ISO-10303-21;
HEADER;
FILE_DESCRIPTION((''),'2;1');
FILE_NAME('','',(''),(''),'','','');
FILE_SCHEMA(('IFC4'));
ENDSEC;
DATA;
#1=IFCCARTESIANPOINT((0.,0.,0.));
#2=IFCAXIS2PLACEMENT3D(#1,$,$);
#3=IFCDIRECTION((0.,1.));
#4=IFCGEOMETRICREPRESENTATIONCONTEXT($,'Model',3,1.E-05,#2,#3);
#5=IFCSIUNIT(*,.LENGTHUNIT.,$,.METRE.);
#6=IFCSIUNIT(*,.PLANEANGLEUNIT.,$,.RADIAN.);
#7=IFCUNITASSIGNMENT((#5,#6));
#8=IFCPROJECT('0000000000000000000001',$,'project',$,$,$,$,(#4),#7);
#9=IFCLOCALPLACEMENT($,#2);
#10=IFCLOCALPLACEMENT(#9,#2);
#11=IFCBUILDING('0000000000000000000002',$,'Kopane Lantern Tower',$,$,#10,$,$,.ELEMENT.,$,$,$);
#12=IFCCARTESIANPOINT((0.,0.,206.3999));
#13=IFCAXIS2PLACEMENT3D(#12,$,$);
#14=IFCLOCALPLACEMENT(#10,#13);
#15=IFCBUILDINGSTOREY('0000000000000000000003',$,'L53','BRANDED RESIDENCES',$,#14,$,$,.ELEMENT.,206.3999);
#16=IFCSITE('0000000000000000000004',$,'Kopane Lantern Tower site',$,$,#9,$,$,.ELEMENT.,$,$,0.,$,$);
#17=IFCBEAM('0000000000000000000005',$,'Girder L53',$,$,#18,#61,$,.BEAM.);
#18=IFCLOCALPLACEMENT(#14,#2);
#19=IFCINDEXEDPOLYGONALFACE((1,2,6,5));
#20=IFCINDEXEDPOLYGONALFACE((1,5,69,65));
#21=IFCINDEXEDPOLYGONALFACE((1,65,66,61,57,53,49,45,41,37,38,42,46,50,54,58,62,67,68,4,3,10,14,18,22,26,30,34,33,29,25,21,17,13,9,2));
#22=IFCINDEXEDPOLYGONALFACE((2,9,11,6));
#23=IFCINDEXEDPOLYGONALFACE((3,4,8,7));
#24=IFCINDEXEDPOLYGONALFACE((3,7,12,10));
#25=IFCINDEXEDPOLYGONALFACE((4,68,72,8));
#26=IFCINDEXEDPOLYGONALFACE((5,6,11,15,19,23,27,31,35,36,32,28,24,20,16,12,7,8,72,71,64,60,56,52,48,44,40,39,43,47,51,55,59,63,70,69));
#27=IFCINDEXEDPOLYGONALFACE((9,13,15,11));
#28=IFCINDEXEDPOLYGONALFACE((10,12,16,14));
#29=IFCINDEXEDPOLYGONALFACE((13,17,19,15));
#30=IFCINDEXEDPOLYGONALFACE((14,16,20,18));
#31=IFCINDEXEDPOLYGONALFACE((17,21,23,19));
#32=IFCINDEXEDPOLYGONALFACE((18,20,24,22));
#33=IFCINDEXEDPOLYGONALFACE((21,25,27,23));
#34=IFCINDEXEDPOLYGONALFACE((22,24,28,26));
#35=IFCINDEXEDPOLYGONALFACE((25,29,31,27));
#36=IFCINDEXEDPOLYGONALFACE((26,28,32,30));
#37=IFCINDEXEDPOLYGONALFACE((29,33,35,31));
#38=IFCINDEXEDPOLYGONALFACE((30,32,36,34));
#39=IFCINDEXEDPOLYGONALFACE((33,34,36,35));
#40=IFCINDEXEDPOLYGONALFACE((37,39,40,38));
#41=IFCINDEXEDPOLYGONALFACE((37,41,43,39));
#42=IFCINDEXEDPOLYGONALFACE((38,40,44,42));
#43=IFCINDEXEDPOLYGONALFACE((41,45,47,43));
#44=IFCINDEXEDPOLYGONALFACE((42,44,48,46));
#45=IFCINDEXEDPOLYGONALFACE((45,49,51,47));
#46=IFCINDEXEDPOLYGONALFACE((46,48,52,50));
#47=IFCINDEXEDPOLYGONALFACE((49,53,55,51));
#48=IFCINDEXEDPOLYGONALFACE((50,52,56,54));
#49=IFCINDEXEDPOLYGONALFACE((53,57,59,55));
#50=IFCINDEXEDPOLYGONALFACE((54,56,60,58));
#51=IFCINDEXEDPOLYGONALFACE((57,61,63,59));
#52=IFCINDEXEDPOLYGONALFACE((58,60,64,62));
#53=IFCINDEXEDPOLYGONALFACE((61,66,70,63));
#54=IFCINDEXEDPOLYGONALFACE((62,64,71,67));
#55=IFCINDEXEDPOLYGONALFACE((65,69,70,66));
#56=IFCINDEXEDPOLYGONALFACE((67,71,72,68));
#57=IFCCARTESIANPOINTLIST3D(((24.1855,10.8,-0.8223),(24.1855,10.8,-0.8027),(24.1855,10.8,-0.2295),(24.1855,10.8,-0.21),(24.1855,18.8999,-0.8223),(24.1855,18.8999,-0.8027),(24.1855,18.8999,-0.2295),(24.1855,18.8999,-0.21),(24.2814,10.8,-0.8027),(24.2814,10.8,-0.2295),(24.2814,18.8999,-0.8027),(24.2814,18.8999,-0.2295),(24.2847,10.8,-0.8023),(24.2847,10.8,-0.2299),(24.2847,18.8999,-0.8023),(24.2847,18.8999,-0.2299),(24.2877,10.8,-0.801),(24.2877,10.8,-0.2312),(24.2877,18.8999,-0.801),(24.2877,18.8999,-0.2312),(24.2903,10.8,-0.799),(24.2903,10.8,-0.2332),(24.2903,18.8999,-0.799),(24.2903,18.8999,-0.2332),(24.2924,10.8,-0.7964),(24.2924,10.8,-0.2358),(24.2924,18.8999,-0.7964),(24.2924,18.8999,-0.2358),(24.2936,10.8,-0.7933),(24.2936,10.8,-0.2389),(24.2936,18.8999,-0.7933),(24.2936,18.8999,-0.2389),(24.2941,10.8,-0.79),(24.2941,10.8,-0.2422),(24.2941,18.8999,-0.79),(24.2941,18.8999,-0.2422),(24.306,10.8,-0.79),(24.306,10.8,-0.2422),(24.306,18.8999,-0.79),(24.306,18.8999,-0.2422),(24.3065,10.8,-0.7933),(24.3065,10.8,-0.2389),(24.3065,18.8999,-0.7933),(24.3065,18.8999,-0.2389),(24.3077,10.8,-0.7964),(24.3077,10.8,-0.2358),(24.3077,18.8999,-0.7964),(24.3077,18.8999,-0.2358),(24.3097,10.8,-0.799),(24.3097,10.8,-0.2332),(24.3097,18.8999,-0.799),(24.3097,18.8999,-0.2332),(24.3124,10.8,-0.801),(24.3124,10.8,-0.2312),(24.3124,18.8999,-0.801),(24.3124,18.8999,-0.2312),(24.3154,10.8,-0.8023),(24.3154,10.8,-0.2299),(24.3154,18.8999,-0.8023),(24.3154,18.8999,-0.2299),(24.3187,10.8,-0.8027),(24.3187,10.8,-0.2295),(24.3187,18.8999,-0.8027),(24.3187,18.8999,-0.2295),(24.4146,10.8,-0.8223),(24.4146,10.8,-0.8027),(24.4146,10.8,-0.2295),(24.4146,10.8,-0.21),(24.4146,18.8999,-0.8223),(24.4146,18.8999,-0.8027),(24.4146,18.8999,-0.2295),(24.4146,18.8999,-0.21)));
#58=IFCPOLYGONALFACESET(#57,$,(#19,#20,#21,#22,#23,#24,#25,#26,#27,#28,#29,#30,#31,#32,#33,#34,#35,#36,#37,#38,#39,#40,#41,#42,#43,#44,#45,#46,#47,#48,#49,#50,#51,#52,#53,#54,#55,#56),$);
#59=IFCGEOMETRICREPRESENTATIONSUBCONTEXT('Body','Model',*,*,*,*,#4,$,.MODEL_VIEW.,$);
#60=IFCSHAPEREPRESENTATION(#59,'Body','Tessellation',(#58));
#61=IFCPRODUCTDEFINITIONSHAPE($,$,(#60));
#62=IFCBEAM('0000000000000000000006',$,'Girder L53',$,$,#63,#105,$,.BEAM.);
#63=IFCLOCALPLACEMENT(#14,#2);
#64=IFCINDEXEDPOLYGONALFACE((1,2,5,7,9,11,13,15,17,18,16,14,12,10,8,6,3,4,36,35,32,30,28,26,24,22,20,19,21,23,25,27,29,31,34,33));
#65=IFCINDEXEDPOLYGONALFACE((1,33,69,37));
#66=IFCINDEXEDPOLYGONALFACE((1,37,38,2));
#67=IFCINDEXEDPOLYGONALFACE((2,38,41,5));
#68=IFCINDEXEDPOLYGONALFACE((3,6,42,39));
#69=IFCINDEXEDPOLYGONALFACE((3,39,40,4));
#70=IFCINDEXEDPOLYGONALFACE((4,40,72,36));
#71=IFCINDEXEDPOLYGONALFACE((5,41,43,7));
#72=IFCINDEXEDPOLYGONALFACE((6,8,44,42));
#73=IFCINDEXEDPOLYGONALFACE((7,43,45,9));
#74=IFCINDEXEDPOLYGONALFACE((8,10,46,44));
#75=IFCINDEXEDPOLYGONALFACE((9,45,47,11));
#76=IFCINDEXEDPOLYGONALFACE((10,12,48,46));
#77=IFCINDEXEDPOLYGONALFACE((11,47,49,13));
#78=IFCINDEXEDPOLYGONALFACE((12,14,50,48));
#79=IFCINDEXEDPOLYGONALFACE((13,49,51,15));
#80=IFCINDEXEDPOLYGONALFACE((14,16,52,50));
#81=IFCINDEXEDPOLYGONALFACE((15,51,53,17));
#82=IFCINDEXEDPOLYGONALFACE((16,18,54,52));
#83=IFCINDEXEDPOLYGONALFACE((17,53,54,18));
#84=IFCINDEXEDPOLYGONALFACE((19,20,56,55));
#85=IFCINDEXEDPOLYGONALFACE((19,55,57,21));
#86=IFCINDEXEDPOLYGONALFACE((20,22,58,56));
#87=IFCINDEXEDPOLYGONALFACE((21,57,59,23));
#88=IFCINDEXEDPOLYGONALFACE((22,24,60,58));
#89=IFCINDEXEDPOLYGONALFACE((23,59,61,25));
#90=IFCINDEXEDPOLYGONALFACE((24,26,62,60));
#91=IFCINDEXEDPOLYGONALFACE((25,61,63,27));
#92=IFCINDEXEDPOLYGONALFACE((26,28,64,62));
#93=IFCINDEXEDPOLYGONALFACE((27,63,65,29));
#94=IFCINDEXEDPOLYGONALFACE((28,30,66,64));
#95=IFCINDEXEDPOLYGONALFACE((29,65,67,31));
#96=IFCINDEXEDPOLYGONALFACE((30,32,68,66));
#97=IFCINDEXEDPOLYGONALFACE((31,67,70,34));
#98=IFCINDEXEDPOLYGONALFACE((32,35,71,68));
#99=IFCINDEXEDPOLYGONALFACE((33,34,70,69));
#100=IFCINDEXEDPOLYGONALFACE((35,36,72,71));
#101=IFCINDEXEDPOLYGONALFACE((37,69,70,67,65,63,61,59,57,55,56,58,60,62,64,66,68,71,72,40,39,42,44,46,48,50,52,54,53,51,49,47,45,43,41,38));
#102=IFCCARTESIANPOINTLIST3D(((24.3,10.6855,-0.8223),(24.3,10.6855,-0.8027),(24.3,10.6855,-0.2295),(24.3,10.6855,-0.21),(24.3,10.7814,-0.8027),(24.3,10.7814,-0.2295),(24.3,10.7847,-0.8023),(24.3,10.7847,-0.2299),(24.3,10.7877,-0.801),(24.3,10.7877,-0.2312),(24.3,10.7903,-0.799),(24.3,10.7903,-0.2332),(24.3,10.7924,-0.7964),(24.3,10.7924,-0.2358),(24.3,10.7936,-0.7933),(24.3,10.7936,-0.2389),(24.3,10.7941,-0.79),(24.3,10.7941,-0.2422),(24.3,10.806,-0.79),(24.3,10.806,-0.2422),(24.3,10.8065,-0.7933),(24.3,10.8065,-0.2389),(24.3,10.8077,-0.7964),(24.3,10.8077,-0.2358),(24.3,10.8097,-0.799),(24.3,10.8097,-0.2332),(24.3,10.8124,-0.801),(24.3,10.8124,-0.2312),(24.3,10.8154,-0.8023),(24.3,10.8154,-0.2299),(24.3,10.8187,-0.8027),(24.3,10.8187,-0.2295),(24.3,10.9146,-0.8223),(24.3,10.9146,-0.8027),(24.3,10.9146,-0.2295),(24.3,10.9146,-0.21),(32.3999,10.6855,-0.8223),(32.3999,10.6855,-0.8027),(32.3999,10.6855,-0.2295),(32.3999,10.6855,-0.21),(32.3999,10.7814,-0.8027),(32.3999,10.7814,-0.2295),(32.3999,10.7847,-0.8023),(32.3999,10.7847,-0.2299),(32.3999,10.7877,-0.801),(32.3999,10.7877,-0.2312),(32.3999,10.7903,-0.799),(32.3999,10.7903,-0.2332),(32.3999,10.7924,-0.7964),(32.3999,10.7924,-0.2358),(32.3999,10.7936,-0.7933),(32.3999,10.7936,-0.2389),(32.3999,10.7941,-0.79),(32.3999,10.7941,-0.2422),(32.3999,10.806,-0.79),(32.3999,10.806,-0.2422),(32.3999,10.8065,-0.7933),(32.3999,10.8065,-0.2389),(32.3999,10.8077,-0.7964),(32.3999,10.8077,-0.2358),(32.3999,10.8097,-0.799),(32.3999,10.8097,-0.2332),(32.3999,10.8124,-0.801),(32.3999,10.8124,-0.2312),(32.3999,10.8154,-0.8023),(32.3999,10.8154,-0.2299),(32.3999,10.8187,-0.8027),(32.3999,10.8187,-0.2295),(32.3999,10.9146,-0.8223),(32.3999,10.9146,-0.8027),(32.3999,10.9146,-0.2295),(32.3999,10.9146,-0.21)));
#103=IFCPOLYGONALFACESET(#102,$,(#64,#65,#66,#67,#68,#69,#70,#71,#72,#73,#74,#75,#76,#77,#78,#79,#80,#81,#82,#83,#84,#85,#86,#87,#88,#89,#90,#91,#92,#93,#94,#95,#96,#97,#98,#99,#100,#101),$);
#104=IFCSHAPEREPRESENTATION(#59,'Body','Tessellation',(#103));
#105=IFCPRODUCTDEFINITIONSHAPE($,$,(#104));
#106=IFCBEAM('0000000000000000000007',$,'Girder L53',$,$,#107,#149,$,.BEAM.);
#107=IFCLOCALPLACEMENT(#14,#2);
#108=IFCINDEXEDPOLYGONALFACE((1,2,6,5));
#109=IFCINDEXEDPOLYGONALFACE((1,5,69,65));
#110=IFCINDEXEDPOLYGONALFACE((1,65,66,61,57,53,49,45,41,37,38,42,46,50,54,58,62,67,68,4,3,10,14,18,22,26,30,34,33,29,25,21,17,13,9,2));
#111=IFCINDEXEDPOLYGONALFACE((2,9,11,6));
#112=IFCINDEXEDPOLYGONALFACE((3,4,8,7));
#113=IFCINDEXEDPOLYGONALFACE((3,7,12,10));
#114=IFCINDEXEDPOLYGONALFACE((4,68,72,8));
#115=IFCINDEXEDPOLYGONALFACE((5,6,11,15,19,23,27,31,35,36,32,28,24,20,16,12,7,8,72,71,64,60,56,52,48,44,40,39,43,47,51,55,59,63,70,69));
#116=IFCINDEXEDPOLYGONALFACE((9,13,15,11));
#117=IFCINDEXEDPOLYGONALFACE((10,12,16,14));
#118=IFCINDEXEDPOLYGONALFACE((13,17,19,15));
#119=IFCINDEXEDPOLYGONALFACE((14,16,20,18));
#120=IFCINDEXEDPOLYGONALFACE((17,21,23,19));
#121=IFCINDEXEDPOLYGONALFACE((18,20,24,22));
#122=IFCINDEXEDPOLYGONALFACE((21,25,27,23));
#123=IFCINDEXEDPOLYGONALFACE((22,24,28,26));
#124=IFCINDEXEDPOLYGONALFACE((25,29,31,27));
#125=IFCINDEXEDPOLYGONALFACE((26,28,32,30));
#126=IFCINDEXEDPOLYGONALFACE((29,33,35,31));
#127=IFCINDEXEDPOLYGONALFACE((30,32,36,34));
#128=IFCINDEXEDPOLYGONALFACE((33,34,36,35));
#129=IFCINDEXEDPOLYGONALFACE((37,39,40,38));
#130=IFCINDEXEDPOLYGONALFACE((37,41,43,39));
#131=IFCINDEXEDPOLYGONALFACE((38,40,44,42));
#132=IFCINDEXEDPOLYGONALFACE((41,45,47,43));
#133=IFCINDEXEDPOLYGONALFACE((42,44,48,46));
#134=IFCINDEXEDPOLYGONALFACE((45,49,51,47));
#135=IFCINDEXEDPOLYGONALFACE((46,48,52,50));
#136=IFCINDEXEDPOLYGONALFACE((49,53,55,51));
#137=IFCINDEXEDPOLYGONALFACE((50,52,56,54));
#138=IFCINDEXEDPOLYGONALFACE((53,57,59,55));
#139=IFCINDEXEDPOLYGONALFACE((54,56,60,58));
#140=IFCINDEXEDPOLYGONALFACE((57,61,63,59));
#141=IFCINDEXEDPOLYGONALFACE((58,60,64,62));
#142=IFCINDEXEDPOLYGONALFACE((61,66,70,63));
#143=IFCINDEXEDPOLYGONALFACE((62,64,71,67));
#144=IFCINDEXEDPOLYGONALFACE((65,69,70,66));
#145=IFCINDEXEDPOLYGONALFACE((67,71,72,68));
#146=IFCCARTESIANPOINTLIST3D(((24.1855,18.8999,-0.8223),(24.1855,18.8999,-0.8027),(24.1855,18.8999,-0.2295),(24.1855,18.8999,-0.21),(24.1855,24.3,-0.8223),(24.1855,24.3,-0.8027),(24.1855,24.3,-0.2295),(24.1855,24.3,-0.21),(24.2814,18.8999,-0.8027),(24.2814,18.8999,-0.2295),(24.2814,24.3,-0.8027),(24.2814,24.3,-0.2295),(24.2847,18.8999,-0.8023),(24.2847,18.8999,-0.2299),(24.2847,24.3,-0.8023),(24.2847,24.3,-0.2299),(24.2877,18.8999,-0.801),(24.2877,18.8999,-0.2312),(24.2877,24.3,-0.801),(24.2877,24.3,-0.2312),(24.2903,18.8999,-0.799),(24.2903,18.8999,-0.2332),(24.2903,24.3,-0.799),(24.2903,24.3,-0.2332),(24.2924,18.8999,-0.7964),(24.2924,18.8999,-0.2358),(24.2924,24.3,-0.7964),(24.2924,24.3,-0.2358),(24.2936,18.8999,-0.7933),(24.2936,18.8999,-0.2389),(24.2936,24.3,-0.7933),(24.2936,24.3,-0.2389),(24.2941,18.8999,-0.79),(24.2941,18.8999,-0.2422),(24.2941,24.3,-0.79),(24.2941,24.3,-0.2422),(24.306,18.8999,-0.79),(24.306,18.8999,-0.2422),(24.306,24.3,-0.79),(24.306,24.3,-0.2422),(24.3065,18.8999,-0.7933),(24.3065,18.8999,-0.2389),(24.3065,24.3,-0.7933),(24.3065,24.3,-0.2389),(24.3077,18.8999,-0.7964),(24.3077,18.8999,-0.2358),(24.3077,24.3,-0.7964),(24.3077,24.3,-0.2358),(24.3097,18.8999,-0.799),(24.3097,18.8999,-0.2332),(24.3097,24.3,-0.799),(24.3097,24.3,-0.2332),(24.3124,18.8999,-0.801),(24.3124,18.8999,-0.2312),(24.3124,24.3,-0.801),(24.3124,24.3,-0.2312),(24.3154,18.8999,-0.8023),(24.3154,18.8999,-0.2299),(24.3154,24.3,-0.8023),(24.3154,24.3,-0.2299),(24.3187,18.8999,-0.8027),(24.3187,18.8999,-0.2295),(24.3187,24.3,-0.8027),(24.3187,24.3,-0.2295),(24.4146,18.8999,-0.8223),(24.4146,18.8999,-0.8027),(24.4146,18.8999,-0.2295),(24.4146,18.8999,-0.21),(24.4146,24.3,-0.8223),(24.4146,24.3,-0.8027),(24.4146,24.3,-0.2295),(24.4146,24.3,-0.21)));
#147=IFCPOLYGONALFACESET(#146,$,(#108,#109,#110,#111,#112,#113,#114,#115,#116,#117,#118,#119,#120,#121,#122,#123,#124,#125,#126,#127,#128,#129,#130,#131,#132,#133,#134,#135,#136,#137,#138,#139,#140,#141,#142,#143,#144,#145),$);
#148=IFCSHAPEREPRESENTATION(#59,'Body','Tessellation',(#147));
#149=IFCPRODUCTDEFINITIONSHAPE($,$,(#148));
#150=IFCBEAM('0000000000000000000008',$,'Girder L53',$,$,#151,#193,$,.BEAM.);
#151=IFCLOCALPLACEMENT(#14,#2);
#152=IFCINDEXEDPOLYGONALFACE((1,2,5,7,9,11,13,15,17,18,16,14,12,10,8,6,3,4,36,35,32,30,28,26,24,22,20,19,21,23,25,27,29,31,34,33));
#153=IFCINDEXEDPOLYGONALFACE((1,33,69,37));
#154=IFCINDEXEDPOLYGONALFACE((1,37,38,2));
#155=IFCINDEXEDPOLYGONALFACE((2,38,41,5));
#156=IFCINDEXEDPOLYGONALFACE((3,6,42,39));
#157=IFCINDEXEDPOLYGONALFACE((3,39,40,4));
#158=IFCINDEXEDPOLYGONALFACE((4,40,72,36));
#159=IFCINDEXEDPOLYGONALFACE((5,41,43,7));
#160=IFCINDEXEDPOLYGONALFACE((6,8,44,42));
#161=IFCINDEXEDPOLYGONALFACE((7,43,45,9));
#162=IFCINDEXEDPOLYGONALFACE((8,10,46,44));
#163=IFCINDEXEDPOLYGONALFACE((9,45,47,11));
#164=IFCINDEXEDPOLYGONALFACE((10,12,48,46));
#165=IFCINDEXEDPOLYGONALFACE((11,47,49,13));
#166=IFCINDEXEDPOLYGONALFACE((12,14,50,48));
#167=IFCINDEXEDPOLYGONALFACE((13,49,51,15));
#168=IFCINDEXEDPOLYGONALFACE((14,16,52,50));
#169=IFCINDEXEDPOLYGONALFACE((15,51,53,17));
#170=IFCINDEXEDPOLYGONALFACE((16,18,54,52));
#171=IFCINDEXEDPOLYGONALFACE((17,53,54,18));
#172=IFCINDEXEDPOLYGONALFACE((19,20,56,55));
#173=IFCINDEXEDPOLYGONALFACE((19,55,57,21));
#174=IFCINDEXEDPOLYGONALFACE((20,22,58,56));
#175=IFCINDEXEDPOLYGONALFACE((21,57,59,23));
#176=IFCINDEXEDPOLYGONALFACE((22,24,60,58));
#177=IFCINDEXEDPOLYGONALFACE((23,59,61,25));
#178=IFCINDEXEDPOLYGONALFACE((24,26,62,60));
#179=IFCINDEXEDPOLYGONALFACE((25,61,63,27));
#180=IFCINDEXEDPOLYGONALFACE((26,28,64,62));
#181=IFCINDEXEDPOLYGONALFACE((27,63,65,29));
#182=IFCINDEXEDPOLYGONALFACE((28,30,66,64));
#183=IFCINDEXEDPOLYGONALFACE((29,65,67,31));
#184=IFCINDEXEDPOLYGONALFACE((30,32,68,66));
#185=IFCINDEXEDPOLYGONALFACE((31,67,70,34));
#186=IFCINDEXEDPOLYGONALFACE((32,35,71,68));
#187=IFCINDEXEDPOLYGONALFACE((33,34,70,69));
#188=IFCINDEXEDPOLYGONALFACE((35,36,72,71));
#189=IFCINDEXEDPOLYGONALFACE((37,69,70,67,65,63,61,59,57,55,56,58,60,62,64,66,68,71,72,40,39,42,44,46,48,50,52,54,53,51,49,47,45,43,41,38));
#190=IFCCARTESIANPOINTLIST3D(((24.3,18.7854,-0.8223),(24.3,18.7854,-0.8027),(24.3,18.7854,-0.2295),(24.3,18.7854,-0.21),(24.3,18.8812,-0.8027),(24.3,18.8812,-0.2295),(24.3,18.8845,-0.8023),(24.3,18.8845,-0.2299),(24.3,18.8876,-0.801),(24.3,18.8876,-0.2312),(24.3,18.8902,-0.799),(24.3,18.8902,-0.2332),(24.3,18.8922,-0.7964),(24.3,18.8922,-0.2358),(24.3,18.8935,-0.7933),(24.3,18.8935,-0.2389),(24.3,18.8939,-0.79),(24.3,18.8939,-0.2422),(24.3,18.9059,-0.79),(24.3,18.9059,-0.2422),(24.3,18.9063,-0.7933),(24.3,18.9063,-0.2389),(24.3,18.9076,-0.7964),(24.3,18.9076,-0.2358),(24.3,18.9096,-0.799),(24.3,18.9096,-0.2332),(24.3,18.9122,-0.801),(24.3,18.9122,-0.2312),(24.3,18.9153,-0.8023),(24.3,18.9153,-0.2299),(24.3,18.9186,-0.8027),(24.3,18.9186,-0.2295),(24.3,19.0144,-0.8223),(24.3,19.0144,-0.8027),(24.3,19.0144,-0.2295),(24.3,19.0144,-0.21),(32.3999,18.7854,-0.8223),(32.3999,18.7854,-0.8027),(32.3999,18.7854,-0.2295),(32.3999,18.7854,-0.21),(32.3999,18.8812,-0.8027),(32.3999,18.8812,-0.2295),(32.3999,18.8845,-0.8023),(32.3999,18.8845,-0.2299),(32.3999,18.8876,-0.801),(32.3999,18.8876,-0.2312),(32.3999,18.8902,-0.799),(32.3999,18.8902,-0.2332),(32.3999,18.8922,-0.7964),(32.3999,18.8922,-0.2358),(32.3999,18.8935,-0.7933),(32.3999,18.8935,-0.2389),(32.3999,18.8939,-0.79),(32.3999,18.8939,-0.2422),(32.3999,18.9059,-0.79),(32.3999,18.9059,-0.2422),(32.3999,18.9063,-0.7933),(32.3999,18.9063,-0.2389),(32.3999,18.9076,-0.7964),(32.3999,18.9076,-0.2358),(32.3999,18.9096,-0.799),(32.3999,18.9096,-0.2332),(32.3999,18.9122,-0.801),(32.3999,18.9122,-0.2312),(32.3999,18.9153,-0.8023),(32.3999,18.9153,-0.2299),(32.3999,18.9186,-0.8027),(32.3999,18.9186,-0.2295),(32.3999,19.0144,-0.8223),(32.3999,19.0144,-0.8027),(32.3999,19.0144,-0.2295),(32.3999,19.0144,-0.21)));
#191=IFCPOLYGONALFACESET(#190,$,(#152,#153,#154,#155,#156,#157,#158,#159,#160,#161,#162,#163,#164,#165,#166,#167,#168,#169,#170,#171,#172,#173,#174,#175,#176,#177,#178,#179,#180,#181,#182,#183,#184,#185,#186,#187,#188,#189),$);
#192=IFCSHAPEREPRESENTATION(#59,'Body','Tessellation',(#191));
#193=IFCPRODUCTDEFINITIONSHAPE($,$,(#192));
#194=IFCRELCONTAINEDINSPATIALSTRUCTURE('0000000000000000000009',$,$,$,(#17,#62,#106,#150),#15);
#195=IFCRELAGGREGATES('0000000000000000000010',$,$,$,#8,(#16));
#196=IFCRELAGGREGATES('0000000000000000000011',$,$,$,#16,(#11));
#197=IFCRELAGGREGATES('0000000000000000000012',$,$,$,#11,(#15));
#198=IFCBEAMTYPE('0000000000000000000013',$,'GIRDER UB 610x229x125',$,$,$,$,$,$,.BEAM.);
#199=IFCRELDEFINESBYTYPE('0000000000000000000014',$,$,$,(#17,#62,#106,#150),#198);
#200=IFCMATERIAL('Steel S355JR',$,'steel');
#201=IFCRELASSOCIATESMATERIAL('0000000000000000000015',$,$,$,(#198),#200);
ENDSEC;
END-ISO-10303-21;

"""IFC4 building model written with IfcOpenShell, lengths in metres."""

from ifc_helpers import new_model, si_unit, direction, frame, origin, origin_2d, place, context, subcontext, project, spatial, i_section, extrude, material, material_profile, profile_set, type_object, element, save


model = new_model("IFC4")

# Units and contexts
model_context = context("Model", 3, precision=1e-05, world=origin(), true_north=direction((0.0, 1.0)))
body_context = subcontext(model_context, "Body", "Model", "MODEL_VIEW")
ifc_project = project(units=[si_unit("LENGTHUNIT", "METRE"), si_unit("PLANEANGLEUNIT", "RADIAN")], contexts=[model_context])

# Site, building, storey
site_placement = place(None, origin())
site = spatial("IfcSite", under=ifc_project, at=site_placement, Name="Kopane Lantern Tower site", CompositionType="ELEMENT", RefElevation=0.0)
building_placement = place(site_placement, origin())
building = spatial("IfcBuilding", under=site, at=building_placement, Name="Kopane Lantern Tower", CompositionType="ELEMENT")
storey_placement = place(building_placement, frame((0.0, 0.0, 206.3999)))
storey = spatial("IfcBuildingStorey", under=building, at=storey_placement, Name="L53", Description="BRANDED RESIDENCES", CompositionType="ELEMENT", Elevation=206.3999)

# Beams
ifc_material_1 = material(Name="Steel S355JR", Category="steel")
ifc_material_profile_1 = material_profile(ifc_material_1, i_section(OverallWidth=0.229, OverallDepth=0.6123, WebThickness=0.012, FlangeThickness=0.0195, FilletRadius=0.0127, at=origin_2d()), Name="UB 610x229x125")
ifc_profile_set_1 = profile_set([ifc_material_profile_1], Name="Steel S355JR")
beam_type = type_object("IfcBeamType", Name="GIRDER UB 610x229x125", PredefinedType="BEAM", material=ifc_profile_set_1)
for number, where, z_axis, x_axis, name in (
    (1, (24.3, 10.8, -0.5161), (0.0, 1.0, 0.0), (-1.0, 0.0, 0.0), "Girder L53"),
    (2, (24.3, 10.8, -0.5161), (1.0, 0.0, 0.0), (0.0, 1.0, 0.0), "Girder L53"),
):
    element("IfcBeam", number, at=place(storey_placement, frame(where, z_axis=z_axis, x_axis=x_axis)), inside=storey, type_object=beam_type, Name=name, PredefinedType="BEAM", context=body_context, shape_type="SweptSolid", body=[
        extrude(i_section(OverallWidth=0.229, OverallDepth=0.6123, WebThickness=0.012, FlangeThickness=0.0195, FilletRadius=0.0127, at=origin_2d()), origin(), (0.0, 0.0, 1.0), 8.0999),
    ])
beam_1_placement = place(storey_placement, frame((24.3, 18.8999, -0.5161), z_axis=(0.0, 1.0, 0.0), x_axis=(-1.0, 0.0, 0.0)))
element("IfcBeam", 3, at=beam_1_placement, inside=storey, type_object=beam_type, Name="Girder L53", PredefinedType="BEAM", context=body_context, shape_type="SweptSolid", body=[
    extrude(i_section(OverallWidth=0.229, OverallDepth=0.6123, WebThickness=0.012, FlangeThickness=0.0195, FilletRadius=0.0127, at=origin_2d()), origin(), (0.0, 0.0, 1.0), 5.4001),
])
beam_2_placement = place(storey_placement, frame((24.3, 18.8999, -0.5161), z_axis=(1.0, 0.0, 0.0), x_axis=(0.0, 1.0, 0.0)))
element("IfcBeam", 4, at=beam_2_placement, inside=storey, type_object=beam_type, Name="Girder L53", PredefinedType="BEAM", context=body_context, shape_type="SweptSolid", body=[
    extrude(i_section(OverallWidth=0.229, OverallDepth=0.6123, WebThickness=0.012, FlangeThickness=0.0195, FilletRadius=0.0127, at=origin_2d()), origin(), (0.0, 0.0, 1.0), 8.0999),
])

save(model, "model.ifc")
